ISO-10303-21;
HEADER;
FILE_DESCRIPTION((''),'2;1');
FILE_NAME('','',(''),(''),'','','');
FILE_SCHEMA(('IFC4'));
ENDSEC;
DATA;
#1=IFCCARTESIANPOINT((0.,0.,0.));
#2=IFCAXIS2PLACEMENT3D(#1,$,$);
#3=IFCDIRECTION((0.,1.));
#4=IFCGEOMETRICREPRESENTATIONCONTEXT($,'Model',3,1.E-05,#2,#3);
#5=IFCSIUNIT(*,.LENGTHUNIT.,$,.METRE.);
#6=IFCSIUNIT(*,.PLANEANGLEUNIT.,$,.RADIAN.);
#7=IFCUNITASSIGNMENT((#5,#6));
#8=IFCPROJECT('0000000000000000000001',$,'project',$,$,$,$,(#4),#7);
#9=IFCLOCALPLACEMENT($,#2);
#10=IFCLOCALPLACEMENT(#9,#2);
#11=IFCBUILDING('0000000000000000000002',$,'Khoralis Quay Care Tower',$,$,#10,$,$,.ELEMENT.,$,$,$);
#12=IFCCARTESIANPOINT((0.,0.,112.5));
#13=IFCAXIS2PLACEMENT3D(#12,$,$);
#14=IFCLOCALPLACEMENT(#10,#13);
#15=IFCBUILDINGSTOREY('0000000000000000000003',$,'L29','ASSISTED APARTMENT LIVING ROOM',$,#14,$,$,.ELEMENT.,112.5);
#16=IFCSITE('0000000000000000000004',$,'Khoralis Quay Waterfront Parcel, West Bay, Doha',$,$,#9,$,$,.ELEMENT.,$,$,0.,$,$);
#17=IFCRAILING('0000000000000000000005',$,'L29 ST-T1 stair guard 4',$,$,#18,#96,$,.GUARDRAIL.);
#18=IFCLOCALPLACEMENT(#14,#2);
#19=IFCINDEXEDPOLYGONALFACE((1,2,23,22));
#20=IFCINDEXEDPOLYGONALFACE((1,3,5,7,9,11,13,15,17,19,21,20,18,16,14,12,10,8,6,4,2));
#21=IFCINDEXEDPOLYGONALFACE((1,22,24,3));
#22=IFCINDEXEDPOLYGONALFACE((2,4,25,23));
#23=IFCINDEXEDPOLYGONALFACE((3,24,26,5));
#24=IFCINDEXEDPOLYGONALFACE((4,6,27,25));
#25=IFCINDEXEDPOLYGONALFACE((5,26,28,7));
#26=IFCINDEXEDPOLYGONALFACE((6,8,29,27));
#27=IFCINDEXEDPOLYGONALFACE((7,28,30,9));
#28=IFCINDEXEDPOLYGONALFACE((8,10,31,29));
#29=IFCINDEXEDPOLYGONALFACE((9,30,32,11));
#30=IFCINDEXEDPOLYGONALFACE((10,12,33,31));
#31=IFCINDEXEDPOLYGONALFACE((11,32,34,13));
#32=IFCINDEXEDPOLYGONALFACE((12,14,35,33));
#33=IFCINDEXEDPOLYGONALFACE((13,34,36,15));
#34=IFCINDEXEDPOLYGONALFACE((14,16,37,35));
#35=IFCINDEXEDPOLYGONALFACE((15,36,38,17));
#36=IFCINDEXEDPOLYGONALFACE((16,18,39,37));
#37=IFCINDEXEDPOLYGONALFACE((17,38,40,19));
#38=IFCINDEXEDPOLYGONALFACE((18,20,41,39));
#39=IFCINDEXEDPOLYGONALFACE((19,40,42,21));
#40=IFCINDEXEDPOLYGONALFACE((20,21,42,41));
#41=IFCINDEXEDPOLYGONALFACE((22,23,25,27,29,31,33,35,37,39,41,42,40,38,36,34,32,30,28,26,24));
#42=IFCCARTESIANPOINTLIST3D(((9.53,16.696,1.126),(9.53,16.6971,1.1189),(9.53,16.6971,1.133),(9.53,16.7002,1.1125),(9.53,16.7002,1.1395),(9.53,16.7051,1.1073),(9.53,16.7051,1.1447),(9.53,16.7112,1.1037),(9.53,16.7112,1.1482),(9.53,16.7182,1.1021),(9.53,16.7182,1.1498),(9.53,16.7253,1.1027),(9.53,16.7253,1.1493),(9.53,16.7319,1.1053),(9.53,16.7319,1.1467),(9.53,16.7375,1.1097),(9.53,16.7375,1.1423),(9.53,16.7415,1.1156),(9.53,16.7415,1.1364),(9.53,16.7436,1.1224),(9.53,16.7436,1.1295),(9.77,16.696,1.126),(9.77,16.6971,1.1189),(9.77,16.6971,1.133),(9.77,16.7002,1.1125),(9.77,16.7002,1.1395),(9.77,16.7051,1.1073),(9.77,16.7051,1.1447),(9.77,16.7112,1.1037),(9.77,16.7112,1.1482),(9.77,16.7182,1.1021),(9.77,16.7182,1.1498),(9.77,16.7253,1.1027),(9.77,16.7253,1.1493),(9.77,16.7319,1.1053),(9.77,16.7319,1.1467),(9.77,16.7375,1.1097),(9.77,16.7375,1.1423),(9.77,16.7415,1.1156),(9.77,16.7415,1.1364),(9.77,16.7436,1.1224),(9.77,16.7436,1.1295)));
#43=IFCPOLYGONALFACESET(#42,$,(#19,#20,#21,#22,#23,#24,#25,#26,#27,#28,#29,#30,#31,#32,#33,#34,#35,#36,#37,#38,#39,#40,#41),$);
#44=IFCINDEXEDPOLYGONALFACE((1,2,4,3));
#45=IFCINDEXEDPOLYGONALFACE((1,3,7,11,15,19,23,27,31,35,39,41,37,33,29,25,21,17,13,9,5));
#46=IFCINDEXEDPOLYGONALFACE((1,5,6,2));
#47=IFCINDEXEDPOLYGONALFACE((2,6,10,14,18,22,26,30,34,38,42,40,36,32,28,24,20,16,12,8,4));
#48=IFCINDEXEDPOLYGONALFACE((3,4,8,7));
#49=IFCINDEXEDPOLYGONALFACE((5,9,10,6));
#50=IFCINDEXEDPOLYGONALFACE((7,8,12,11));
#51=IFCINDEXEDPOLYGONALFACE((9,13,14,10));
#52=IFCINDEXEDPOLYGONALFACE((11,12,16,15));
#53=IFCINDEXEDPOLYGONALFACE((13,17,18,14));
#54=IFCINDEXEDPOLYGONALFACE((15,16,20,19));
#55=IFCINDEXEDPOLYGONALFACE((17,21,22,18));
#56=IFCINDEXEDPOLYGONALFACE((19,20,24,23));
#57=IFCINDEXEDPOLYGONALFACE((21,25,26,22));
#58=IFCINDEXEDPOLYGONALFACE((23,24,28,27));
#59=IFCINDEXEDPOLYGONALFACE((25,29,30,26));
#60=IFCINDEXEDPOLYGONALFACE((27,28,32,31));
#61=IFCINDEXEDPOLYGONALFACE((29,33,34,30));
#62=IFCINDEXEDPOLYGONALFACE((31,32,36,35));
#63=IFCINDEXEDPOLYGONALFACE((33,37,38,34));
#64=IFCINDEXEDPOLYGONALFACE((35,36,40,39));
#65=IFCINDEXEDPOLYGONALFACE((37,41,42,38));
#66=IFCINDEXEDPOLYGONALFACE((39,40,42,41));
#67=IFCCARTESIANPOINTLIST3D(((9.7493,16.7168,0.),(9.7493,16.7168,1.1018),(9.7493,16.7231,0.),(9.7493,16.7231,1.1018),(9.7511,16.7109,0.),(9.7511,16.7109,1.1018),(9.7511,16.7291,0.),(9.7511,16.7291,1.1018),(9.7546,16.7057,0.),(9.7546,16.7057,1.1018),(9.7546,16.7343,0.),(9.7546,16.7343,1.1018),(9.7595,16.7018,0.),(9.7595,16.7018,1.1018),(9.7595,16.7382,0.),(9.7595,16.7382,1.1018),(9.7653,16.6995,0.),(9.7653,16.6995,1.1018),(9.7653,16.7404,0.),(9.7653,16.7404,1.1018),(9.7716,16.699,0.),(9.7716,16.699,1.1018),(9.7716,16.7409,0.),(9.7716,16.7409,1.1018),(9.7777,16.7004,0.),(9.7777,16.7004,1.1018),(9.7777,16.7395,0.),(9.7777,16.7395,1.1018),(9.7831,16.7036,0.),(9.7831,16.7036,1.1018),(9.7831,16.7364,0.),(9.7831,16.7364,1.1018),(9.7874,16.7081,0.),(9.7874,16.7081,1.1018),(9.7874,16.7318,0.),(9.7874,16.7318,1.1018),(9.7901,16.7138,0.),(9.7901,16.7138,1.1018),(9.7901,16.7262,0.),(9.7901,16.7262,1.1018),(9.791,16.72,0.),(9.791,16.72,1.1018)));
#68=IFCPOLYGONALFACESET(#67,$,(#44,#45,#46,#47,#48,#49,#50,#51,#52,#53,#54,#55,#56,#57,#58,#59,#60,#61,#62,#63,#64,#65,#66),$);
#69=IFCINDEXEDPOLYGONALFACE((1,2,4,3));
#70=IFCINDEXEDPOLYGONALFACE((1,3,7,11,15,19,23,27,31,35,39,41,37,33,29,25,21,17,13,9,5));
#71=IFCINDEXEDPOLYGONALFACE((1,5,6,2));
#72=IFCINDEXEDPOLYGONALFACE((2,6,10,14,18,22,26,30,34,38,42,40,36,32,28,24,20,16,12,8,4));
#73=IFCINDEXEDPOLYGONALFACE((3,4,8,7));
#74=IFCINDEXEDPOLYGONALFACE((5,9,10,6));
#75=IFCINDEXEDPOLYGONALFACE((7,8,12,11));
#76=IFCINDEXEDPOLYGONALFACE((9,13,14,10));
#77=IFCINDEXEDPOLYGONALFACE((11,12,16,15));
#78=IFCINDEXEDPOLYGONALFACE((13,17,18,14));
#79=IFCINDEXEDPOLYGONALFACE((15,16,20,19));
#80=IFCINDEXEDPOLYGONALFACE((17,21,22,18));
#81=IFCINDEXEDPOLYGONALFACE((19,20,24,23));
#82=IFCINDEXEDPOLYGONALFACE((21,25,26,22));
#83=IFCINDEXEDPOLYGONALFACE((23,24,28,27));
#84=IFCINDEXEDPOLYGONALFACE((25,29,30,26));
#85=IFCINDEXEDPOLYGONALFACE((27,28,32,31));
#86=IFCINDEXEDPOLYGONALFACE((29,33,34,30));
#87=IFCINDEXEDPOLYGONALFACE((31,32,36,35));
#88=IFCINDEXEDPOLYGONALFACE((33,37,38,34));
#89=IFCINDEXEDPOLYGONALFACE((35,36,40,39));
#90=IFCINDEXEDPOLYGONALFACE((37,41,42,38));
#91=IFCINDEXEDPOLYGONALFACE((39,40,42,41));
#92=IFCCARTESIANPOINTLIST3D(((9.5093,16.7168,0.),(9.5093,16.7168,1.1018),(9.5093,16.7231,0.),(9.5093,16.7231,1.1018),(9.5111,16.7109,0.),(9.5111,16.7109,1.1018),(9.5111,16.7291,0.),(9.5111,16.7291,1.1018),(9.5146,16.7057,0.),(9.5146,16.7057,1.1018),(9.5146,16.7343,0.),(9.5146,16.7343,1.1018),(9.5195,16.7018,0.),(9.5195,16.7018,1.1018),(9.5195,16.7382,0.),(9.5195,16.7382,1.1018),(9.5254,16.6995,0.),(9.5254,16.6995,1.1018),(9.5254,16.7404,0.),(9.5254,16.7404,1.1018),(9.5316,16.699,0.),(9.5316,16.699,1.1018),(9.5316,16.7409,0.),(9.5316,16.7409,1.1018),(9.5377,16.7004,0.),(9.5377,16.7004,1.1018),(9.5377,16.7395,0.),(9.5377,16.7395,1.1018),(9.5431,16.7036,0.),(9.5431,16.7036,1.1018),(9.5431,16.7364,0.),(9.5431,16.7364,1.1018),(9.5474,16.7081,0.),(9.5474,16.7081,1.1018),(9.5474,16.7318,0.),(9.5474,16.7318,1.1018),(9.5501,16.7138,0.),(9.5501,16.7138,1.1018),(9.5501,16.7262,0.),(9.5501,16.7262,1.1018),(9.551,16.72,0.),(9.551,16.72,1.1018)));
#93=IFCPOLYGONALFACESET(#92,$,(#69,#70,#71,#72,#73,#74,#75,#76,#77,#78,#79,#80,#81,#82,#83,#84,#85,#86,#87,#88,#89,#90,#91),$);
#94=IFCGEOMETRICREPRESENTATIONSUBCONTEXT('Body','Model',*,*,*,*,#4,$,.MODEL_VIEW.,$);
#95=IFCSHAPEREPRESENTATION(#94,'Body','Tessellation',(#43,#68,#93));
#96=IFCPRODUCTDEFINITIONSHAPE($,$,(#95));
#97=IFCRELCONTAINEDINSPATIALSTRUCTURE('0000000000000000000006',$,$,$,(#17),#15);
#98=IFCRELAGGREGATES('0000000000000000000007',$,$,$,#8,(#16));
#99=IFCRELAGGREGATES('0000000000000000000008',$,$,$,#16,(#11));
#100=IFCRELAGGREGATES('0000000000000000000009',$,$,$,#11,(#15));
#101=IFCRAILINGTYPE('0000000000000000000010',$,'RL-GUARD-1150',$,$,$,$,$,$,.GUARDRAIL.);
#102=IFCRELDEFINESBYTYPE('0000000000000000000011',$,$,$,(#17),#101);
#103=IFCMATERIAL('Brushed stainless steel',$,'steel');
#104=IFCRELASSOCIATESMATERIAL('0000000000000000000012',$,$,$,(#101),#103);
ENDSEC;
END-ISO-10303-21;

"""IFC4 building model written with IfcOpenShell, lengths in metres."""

from ifc_helpers import new_model, si_unit, direction, frame, origin, origin_2d, place, context, subcontext, project, spatial, circle, extrude, material, type_object, element, save


model = new_model("IFC4")

# Units and contexts
model_context = context("Model", 3, precision=1e-05, world=origin(), true_north=direction((0.0, 1.0)))
body_context = subcontext(model_context, "Body", "Model", "MODEL_VIEW")
ifc_project = project(units=[si_unit("LENGTHUNIT", "METRE"), si_unit("PLANEANGLEUNIT", "RADIAN")], contexts=[model_context])

# Site, building, storey
site_placement = place(None, origin())
site = spatial("IfcSite", under=ifc_project, at=site_placement, Name="Khoralis Quay Waterfront Parcel, West Bay, Doha", CompositionType="ELEMENT", RefElevation=0.0)
building_placement = place(site_placement, origin())
building = spatial("IfcBuilding", under=site, at=building_placement, Name="Khoralis Quay Care Tower", CompositionType="ELEMENT")
storey_placement = place(building_placement, frame((0.0, 0.0, 112.5)))
storey = spatial("IfcBuildingStorey", under=building, at=storey_placement, Name="L29", Description="ASSISTED APARTMENT LIVING ROOM", CompositionType="ELEMENT", Elevation=112.5)

# Shared definitions
ifc_material_1 = material(Name="Brushed stainless steel", Category="steel")

# Railing
railing_type_1 = type_object("IfcRailingType", Name="RL-GUARD-1150", PredefinedType="GUARDRAIL", material=ifc_material_1)
railing_1_placement = place(storey_placement, frame((9.77, 16.72, 0.0)))
element("IfcRailing", 1, at=railing_1_placement, inside=storey, type_object=railing_type_1, Name="L29 ST-T1 stair guard 4", PredefinedType="GUARDRAIL", context=body_context, shape_type="SweptSolid", body=[
    extrude(circle(Radius=0.0239, at=origin_2d()), frame((0.0, 0.0, 1.126), z_axis=(-1.0, 0.0, 0.0), x_axis=(0.0, -1.0, 0.0)), (0.0, 0.0, 1.0), 0.24),
    extrude(circle(Radius=0.021, at=origin_2d()), origin(), (0.0, 0.0, 1.0), 1.1018),
    extrude(circle(Radius=0.021, at=origin_2d()), frame((-0.24, 0.0, 0.0)), (0.0, 0.0, 1.0), 1.1018),
])

save(model, "model.ifc")
